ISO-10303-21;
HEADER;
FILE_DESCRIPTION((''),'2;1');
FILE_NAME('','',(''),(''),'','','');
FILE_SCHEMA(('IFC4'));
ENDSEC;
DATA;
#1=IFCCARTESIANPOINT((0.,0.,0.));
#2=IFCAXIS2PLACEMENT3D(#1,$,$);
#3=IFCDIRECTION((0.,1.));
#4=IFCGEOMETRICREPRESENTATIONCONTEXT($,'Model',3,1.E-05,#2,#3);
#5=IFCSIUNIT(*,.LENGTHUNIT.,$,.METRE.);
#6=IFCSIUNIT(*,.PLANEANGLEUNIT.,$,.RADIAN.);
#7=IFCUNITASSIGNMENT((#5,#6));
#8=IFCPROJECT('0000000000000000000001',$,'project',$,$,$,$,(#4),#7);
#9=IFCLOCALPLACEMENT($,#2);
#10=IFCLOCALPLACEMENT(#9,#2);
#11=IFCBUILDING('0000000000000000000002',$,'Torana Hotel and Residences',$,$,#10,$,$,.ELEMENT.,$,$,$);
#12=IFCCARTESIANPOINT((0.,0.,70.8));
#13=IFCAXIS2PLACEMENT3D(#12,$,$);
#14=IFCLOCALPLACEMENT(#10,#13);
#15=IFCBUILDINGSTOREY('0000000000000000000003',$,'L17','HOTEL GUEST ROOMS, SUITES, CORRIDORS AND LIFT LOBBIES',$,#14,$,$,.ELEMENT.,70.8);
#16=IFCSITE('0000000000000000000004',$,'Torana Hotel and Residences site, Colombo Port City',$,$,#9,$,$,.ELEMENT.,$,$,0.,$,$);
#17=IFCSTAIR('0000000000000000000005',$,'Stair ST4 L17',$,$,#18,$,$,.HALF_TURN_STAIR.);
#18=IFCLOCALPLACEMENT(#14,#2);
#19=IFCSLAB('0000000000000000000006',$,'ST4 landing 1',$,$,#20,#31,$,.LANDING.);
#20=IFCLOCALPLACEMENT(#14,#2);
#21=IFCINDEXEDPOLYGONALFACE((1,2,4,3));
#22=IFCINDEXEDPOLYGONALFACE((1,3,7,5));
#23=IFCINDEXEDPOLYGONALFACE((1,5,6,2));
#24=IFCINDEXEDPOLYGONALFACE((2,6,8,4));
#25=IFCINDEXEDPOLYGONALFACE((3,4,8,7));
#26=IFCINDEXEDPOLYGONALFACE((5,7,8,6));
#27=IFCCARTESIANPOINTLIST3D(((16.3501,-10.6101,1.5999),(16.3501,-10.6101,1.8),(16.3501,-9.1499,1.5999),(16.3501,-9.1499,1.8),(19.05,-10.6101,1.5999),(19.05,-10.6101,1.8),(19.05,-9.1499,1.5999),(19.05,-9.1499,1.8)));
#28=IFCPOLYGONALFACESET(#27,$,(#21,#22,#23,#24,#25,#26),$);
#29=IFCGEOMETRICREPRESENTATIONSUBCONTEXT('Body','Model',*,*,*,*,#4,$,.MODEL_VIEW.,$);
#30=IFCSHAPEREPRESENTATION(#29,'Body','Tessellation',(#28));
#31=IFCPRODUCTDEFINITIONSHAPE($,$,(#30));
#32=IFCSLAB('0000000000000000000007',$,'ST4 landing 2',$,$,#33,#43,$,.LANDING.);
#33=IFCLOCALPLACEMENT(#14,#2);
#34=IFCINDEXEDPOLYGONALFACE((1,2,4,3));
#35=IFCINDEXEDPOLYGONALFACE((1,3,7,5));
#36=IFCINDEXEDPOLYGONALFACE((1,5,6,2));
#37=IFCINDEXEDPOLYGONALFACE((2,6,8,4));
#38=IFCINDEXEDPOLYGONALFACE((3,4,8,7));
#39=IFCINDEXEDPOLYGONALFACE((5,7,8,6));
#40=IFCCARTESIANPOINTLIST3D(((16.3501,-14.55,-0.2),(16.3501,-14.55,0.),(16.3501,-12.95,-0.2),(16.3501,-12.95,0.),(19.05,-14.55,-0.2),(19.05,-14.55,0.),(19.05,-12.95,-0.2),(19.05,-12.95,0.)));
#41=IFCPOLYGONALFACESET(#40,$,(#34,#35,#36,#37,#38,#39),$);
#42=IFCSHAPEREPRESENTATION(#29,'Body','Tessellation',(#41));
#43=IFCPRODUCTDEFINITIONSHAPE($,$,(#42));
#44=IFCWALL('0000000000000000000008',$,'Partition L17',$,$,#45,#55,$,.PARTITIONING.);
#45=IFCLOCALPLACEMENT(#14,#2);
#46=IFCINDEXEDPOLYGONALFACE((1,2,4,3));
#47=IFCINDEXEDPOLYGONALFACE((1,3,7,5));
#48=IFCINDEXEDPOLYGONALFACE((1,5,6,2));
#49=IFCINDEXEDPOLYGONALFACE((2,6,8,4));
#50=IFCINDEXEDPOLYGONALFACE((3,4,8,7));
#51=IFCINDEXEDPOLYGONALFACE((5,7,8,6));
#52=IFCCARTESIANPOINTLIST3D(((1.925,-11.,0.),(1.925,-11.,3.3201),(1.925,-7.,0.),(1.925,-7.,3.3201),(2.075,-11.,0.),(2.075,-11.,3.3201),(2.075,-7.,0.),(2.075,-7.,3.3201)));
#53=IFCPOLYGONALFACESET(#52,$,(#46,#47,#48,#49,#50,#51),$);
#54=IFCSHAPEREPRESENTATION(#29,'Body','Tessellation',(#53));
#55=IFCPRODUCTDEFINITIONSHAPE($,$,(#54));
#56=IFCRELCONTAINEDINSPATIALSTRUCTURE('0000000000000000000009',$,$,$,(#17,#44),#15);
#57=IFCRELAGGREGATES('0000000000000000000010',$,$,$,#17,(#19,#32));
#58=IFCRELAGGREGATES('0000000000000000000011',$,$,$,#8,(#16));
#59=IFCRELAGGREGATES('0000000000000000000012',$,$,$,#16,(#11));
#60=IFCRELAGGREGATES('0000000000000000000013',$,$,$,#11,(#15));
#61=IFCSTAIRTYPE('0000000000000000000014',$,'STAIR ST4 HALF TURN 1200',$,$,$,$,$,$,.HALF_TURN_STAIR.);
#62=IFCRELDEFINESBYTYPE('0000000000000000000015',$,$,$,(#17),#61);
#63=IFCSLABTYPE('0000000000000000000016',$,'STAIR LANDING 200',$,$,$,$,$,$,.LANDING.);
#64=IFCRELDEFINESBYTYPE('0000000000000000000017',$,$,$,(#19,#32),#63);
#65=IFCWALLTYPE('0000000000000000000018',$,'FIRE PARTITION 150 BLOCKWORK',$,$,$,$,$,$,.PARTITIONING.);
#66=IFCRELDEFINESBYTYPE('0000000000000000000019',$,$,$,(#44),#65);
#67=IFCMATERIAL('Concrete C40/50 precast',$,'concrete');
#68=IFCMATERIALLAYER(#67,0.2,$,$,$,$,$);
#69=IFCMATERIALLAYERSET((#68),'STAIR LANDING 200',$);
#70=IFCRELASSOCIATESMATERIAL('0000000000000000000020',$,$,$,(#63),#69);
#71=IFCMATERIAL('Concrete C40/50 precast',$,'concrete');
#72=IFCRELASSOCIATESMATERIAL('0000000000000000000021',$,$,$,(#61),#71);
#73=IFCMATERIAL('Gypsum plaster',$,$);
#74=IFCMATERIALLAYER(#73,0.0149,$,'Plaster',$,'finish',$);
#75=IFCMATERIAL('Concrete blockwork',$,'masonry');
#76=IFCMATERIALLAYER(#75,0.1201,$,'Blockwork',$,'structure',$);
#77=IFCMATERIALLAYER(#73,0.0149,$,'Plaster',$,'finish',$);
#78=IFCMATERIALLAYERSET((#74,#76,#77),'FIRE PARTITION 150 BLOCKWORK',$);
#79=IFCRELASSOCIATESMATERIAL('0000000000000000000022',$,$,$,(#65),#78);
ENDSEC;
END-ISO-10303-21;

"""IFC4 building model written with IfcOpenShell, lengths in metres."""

from ifc_helpers import new_model, si_unit, direction, frame, frame_2d, origin, place, context, subcontext, project, spatial, polyline, rectangle, outline, extrude, material, layer, layer_set, type_object, element, aggregate, save


model = new_model("IFC4")

# Units and contexts
model_context = context("Model", 3, precision=1e-05, world=origin(), true_north=direction((0.0, 1.0)))
body_context = subcontext(model_context, "Body", "Model", "MODEL_VIEW")
ifc_project = project(units=[si_unit("LENGTHUNIT", "METRE"), si_unit("PLANEANGLEUNIT", "RADIAN")], contexts=[model_context])

# Site, building, storey
site_placement = place(None, origin())
site = spatial("IfcSite", under=ifc_project, at=site_placement, Name="Torana Hotel and Residences site, Colombo Port City", CompositionType="ELEMENT", RefElevation=0.0)
building_placement = place(site_placement, origin())
building = spatial("IfcBuilding", under=site, at=building_placement, Name="Torana Hotel and Residences", CompositionType="ELEMENT")
storey_placement = place(building_placement, frame((0.0, 0.0, 70.8)))
storey = spatial("IfcBuildingStorey", under=building, at=storey_placement, Name="L17", Description="HOTEL GUEST ROOMS, SUITES, CORRIDORS AND LIFT LOBBIES", CompositionType="ELEMENT", Elevation=70.8)

# Stair, slabs
ifc_material_1 = material(Name="Concrete C40/50 precast", Category="concrete")
ifc_layer_1 = layer(ifc_material_1, 0.2)
ifc_layer_set_1 = layer_set([ifc_layer_1], Name="STAIR LANDING 200")
slab_type_1 = type_object("IfcSlabType", Name="STAIR LANDING 200", PredefinedType="LANDING", material=ifc_layer_set_1)
ifc_material_2 = material(Name="Concrete C40/50 precast", Category="concrete")
stair_type_1 = type_object("IfcStairType", Name="STAIR ST4 HALF TURN 1200", PredefinedType="HALF_TURN_STAIR", material=ifc_material_2)
stair_1_placement = place(storey_placement, origin())
stair_1 = element("IfcStair", 1, at=stair_1_placement, inside=storey, type_object=stair_type_1, Name="Stair ST4 L17", PredefinedType="HALF_TURN_STAIR")
slab_1_placement = place(storey_placement, frame((0.0, 0.0, 1.5999)))
slab_1 = element("IfcSlab", 2, at=slab_1_placement, type_object=slab_type_1, Name="ST4 landing 1", PredefinedType="LANDING", context=body_context, shape_type="SweptSolid", body=[
    extrude(outline(polyline([(16.3501, -10.6101), (19.05, -10.6101), (19.05, -9.1499), (16.3501, -9.1499), (16.3501, -10.6101)])), origin(), (0.0, 0.0, 1.0), 0.2002),
])
slab_2_placement = place(storey_placement, frame((0.0, 0.0, -0.2)))
slab_2 = element("IfcSlab", 3, at=slab_2_placement, type_object=slab_type_1, Name="ST4 landing 2", PredefinedType="LANDING", context=body_context, shape_type="SweptSolid", body=[
    extrude(outline(polyline([(16.3501, -14.55), (19.05, -14.55), (19.05, -12.95), (16.3501, -12.95), (16.3501, -14.55)])), origin(), (0.0, 0.0, 1.0), 0.2),
])
aggregate(stair_1, [slab_1, slab_2])

# Wall
ifc_material_3 = material(Name="Gypsum plaster")
ifc_layer_2 = layer(ifc_material_3, 0.0149, Name="Plaster", Category="finish")
ifc_material_4 = material(Name="Concrete blockwork", Category="masonry")
ifc_layer_3 = layer(ifc_material_4, 0.1201, Name="Blockwork", Category="structure")
ifc_layer_4 = layer(ifc_material_3, 0.0149, Name="Plaster", Category="finish")
ifc_layer_set_2 = layer_set([ifc_layer_2, ifc_layer_3, ifc_layer_4], Name="FIRE PARTITION 150 BLOCKWORK")
wall_type = type_object("IfcWallType", Name="FIRE PARTITION 150 BLOCKWORK", PredefinedType="PARTITIONING", material=ifc_layer_set_2)
wall_placement = place(storey_placement, frame((2.0, -11.0, 0.0), z_axis=(0.0, 0.0, 1.0), x_axis=(0.0, 1.0, 0.0)))
element("IfcWall", 4, at=wall_placement, inside=storey, type_object=wall_type, Name="Partition L17", PredefinedType="PARTITIONING", context=body_context, shape_type="SweptSolid", body=[
    extrude(rectangle(XDim=4.0, YDim=0.1499, at=frame_2d((2.0, 0.0))), origin(), (0.0, 0.0, 1.0), 3.3201),
])

save(model, "model.ifc")
